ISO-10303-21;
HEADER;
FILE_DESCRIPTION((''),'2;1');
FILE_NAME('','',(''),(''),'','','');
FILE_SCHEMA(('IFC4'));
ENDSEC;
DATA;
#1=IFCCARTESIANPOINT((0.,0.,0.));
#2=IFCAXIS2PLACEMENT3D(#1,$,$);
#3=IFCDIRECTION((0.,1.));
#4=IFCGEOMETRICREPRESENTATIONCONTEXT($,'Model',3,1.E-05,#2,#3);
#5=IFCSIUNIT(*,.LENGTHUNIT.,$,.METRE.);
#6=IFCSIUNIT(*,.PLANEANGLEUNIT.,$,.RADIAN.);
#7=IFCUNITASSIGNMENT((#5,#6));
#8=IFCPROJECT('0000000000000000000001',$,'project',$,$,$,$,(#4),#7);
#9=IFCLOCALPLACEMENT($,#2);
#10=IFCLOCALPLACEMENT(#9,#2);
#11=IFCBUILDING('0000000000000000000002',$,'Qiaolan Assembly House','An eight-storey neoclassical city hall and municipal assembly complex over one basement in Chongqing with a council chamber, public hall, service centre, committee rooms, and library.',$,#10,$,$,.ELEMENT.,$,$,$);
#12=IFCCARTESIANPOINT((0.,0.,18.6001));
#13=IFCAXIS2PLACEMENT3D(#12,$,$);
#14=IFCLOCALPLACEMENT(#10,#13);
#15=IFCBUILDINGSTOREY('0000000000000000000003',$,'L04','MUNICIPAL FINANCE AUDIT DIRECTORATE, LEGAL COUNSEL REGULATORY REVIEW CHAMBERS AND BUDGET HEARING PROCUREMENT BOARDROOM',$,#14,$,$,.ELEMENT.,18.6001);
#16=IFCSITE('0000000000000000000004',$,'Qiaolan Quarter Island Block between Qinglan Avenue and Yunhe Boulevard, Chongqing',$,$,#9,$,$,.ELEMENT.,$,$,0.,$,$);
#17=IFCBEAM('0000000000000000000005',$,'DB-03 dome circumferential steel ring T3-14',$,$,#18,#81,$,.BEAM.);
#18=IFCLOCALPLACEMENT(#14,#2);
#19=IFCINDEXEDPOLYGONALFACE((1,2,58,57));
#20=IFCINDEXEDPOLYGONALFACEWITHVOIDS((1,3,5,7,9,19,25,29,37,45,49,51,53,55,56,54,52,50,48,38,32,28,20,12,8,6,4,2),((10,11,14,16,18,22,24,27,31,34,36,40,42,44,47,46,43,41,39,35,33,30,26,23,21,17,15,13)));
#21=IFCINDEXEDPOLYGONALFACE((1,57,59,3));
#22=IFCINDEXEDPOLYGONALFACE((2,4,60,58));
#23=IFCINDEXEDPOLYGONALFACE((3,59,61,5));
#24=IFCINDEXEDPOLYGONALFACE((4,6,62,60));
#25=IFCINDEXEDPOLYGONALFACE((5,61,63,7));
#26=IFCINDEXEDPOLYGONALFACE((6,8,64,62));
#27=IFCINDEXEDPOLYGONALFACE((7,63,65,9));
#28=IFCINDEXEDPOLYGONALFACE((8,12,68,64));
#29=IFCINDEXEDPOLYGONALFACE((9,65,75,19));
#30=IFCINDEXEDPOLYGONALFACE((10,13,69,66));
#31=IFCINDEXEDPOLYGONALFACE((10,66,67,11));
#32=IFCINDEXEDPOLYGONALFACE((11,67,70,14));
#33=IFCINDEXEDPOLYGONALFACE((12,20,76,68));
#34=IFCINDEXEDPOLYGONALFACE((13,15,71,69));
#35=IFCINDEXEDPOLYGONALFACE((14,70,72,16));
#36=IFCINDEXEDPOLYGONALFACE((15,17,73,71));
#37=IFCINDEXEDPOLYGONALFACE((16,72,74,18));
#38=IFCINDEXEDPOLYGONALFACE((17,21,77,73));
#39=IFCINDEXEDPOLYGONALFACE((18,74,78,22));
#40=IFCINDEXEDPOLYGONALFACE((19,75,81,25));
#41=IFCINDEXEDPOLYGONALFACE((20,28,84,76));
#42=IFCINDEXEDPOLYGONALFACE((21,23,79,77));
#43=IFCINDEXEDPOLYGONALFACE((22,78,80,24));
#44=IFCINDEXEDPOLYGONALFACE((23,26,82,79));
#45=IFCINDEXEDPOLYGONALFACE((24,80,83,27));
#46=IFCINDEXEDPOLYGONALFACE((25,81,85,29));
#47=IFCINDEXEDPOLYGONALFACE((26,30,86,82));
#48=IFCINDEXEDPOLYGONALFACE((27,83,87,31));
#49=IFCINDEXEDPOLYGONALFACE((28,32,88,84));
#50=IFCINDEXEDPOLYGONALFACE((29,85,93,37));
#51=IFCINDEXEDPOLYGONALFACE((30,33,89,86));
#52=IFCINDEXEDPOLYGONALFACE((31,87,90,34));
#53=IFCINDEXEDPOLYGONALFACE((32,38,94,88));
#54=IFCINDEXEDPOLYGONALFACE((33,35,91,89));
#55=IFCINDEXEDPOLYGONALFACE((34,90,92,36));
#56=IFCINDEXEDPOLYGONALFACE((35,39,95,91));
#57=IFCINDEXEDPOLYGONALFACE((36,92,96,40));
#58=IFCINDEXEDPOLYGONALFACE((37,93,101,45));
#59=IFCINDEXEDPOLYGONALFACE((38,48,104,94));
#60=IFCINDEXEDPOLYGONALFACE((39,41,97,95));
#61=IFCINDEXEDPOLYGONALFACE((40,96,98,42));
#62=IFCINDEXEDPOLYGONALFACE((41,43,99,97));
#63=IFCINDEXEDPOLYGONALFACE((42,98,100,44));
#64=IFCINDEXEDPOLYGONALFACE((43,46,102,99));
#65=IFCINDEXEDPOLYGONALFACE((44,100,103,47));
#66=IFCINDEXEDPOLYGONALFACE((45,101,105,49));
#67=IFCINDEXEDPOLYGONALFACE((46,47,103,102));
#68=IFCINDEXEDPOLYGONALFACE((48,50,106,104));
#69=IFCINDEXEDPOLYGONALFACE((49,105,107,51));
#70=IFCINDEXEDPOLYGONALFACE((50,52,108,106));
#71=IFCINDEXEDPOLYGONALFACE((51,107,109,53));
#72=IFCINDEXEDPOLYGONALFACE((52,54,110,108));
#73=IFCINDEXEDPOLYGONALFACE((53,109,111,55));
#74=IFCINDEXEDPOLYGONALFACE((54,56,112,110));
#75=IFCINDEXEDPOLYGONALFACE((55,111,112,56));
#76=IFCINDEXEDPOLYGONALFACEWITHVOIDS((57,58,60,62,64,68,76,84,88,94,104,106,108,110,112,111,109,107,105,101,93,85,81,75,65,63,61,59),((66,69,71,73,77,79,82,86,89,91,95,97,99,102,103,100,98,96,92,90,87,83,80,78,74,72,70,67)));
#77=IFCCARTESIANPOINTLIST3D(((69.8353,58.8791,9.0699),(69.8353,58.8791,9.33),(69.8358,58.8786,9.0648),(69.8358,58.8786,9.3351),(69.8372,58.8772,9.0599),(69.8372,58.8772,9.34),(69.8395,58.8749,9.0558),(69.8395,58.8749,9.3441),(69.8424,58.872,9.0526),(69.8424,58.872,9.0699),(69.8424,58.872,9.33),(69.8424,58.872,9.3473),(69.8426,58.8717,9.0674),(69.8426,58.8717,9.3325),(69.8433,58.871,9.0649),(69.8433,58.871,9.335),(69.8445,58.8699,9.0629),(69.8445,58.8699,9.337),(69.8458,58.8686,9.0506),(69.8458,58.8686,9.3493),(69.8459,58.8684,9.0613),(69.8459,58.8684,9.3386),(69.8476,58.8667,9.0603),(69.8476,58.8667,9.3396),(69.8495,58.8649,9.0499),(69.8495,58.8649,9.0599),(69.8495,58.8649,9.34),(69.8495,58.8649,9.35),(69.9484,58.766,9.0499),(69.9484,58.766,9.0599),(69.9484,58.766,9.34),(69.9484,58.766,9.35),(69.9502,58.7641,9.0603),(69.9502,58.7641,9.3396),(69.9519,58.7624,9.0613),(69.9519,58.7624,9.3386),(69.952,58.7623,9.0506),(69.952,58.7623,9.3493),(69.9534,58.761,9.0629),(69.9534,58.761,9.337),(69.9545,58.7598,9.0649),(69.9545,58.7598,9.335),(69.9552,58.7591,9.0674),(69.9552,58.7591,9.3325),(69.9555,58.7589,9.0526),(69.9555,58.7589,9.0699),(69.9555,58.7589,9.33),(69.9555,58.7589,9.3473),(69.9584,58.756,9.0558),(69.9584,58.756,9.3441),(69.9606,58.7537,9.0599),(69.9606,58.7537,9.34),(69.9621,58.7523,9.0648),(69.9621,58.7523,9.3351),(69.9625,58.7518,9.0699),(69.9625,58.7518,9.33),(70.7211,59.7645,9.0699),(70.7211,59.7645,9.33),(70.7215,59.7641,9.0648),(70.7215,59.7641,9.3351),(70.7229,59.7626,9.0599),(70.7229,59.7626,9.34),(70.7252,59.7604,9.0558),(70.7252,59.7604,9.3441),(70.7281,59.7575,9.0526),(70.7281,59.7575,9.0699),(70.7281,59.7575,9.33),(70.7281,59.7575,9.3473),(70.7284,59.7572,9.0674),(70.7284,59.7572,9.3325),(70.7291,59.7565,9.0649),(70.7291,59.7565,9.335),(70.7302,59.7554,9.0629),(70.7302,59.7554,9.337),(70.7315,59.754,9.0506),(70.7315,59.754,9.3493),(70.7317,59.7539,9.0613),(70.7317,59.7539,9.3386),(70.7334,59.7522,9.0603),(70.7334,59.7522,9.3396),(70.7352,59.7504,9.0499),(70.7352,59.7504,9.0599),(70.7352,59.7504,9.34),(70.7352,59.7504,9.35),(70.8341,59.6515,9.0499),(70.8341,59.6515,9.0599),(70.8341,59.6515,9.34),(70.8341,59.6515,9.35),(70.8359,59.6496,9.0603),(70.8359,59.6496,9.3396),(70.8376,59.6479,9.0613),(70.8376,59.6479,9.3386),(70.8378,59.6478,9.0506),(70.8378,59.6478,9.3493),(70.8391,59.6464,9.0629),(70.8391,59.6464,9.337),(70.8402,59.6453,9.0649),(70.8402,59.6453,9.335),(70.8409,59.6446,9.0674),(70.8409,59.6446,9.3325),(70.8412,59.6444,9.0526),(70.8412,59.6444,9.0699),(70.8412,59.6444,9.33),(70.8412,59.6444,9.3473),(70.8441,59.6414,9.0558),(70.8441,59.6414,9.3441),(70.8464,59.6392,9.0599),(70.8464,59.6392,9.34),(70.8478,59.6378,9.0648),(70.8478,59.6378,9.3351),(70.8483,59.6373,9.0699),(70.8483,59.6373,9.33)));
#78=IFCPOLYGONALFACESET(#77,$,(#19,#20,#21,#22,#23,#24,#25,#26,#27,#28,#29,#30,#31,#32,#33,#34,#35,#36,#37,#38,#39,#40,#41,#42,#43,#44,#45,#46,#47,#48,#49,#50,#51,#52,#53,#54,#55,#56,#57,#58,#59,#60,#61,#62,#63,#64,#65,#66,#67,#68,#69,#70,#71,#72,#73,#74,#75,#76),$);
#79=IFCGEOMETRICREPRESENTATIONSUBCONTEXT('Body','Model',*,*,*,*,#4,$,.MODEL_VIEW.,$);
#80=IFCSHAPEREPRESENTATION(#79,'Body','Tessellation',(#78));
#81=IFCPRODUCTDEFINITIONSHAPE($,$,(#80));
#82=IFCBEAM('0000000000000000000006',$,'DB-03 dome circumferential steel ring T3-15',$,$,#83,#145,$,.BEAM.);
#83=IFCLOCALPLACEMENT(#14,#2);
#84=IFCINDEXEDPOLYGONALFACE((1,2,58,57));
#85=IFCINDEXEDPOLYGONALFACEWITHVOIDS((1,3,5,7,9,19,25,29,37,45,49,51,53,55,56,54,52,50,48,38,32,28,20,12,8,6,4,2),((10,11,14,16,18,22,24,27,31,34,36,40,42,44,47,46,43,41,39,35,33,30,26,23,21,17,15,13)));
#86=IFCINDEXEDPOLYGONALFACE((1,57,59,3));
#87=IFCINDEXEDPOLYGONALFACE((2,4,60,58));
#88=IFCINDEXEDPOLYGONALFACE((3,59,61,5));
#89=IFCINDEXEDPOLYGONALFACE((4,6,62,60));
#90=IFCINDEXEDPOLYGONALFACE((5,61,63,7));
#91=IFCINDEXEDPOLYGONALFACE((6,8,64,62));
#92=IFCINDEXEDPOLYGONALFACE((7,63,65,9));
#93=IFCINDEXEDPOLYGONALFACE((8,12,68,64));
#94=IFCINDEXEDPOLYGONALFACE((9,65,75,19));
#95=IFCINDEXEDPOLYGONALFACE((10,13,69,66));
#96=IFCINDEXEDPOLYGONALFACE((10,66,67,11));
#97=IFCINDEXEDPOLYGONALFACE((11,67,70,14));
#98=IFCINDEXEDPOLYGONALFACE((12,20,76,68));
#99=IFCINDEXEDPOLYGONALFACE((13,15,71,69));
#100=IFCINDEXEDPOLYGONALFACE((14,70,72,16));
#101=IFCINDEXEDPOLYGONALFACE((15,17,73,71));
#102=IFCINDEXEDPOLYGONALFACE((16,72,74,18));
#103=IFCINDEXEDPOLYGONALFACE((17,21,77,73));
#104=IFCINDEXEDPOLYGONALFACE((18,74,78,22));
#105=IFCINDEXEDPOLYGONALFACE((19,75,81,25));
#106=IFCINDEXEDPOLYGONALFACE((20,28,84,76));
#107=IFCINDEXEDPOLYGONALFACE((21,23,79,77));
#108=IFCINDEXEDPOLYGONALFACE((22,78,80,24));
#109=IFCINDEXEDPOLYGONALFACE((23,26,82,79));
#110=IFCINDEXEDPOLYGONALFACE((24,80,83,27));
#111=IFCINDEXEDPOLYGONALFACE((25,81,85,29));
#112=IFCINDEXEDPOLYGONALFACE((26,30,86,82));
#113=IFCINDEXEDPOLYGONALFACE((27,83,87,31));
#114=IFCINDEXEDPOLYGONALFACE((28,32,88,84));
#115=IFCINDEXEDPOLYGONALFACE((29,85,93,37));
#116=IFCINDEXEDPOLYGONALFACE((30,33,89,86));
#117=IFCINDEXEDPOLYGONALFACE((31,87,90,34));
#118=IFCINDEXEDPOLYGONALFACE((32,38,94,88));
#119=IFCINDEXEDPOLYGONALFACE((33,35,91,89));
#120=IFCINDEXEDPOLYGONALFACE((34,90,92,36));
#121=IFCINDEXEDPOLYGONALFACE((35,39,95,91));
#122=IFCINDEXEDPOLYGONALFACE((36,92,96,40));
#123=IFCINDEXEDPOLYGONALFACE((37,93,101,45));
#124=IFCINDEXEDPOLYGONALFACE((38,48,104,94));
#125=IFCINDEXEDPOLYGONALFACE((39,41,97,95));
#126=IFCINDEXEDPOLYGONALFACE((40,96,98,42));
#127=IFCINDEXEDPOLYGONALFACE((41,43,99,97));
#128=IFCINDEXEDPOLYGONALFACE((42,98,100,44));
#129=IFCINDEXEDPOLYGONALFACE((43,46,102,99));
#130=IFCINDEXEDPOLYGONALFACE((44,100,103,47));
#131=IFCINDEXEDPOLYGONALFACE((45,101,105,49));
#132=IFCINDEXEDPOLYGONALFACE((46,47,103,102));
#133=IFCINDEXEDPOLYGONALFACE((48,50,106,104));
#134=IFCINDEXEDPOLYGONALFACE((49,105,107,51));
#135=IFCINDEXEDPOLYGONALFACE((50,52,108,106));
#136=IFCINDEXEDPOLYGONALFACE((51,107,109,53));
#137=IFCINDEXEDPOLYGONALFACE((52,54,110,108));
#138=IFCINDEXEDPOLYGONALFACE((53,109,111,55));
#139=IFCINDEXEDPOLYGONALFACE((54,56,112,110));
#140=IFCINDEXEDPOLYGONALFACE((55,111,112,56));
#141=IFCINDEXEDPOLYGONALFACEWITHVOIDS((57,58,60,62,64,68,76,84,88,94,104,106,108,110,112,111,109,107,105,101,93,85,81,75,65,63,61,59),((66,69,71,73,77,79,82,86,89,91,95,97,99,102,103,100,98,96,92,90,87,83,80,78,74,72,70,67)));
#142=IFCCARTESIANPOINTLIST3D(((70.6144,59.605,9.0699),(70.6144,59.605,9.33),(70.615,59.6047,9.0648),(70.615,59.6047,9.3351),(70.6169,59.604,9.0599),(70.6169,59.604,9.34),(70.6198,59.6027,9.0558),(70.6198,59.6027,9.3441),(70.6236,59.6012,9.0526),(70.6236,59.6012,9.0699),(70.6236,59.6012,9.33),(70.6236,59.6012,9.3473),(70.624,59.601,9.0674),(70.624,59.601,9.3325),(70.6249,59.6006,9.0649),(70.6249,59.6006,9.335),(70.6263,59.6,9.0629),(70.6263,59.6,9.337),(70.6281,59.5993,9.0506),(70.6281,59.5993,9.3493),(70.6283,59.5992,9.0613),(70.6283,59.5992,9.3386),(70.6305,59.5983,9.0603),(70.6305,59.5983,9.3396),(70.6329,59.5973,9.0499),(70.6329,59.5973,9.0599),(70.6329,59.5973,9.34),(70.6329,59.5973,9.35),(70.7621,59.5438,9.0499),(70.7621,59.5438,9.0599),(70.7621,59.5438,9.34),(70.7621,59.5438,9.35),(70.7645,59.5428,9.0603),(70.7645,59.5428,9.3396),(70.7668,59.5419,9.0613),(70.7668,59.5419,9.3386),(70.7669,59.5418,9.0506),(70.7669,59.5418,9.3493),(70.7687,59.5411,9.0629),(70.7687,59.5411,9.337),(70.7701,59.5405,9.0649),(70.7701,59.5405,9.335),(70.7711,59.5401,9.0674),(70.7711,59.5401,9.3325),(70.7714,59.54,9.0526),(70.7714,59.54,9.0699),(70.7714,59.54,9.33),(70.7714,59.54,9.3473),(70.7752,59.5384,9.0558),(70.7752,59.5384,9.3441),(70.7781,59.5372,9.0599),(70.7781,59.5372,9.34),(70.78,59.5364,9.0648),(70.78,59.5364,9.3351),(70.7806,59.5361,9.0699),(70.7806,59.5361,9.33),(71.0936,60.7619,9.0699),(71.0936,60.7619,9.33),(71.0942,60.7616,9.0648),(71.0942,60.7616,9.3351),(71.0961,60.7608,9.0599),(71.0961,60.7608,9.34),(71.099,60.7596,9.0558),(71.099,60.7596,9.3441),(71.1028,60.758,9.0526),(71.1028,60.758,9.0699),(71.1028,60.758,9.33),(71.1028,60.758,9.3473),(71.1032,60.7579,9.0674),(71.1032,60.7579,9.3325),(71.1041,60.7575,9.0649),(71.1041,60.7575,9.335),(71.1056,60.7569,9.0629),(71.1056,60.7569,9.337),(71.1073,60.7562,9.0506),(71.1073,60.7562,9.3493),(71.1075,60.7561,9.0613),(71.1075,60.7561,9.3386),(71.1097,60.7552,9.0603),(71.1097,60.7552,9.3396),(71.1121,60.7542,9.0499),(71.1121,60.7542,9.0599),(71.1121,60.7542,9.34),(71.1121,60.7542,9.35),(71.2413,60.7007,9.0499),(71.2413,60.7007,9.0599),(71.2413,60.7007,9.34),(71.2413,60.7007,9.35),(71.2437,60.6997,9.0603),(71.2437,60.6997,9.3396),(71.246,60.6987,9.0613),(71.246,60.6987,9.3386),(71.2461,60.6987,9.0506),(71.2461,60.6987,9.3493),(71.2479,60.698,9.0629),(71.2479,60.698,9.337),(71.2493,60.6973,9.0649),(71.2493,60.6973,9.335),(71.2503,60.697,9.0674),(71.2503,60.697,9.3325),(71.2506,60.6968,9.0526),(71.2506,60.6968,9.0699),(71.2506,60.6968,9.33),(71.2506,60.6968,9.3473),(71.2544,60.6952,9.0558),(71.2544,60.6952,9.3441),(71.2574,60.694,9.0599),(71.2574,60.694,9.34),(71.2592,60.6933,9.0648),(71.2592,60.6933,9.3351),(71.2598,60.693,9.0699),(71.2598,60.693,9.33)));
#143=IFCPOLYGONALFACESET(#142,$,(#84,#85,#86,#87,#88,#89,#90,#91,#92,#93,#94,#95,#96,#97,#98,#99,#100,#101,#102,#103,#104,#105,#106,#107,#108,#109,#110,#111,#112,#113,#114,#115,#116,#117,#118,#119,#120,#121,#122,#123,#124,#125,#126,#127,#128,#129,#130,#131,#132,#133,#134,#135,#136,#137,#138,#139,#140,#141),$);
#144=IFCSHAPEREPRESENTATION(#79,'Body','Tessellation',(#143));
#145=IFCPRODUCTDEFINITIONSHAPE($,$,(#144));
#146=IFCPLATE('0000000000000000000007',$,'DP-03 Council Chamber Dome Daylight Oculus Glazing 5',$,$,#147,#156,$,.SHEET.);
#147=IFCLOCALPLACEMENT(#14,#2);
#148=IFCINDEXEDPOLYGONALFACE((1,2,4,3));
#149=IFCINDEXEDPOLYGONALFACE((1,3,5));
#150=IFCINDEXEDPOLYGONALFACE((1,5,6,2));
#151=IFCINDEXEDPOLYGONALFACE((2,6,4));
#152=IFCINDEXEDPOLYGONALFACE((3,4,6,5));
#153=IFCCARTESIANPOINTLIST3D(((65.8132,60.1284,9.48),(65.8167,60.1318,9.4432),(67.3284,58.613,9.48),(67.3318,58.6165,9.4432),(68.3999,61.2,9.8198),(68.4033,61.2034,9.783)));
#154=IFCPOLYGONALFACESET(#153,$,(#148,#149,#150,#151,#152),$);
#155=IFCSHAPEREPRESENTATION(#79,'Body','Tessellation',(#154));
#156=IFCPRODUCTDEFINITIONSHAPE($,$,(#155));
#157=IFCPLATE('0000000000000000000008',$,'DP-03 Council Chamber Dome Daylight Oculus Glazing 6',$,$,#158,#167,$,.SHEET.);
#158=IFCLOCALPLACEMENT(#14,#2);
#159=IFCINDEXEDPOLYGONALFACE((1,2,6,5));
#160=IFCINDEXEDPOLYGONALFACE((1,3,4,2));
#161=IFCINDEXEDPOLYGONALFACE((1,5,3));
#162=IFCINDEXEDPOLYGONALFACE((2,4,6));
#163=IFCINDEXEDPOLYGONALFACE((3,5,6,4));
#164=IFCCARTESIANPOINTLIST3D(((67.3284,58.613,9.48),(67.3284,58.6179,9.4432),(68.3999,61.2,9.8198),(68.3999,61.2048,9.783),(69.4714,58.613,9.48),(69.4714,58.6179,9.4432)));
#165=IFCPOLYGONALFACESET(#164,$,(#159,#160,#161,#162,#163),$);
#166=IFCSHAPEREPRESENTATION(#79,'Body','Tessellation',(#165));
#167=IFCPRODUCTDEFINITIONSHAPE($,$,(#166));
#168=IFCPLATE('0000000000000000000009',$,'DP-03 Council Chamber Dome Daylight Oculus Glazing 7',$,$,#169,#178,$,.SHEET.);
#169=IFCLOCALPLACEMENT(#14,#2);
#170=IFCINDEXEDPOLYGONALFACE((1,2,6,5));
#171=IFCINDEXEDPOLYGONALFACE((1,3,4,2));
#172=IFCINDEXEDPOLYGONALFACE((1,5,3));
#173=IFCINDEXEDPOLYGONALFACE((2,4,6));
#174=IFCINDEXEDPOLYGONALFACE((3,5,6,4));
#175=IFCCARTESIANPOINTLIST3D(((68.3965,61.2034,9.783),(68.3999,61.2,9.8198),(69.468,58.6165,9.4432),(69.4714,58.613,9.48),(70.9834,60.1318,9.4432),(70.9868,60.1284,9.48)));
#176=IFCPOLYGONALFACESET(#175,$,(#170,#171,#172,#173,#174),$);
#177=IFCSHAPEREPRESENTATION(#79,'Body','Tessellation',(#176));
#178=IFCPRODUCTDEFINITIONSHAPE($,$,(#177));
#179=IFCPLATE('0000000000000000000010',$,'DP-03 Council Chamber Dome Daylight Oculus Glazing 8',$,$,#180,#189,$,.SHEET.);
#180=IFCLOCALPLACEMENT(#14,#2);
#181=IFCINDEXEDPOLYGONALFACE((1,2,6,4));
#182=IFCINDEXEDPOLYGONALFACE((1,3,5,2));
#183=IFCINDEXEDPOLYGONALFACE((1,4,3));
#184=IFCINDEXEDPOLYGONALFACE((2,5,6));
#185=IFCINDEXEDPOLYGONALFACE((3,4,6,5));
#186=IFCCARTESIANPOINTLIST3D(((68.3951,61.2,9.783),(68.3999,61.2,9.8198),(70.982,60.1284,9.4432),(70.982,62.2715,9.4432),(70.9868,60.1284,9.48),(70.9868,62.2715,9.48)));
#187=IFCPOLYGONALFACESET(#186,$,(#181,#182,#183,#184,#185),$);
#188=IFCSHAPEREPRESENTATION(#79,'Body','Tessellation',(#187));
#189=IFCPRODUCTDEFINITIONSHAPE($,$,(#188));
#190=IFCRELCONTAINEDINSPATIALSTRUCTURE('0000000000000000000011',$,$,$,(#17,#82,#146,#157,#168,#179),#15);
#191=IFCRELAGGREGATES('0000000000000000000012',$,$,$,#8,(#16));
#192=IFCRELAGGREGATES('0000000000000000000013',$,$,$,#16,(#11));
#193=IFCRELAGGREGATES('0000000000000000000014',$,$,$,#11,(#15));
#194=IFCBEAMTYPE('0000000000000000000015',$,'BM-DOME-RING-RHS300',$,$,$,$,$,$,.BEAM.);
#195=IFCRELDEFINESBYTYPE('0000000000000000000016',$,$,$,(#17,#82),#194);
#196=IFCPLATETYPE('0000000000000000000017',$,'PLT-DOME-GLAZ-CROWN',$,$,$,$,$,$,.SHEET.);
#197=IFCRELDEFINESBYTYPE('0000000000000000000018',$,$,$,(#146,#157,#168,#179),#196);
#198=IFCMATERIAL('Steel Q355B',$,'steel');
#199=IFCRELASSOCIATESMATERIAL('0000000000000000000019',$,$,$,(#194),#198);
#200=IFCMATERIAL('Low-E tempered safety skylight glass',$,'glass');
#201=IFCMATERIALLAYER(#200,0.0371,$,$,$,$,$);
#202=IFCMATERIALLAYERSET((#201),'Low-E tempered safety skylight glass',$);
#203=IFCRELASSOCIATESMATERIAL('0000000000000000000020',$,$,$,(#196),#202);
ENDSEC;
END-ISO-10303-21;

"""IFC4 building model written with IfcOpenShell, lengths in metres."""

from ifc_helpers import new_model, si_unit, direction, frame, origin, origin_2d, place, context, subcontext, project, spatial, polyline, hollow_rectangle, outline, extrude, material, layer, layer_set, material_profile, profile_set, type_object, element, save


model = new_model("IFC4")

# Units and contexts
model_context = context("Model", 3, precision=1e-05, world=origin(), true_north=direction((0.0, 1.0)))
body_context = subcontext(model_context, "Body", "Model", "MODEL_VIEW")
ifc_project = project(units=[si_unit("LENGTHUNIT", "METRE"), si_unit("PLANEANGLEUNIT", "RADIAN")], contexts=[model_context])

# Site, building, storey
site_placement = place(None, origin())
site = spatial("IfcSite", under=ifc_project, at=site_placement, Name="Qiaolan Quarter Island Block between Qinglan Avenue and Yunhe Boulevard, Chongqing", CompositionType="ELEMENT", RefElevation=0.0)
building_placement = place(site_placement, origin())
building = spatial("IfcBuilding", under=site, at=building_placement, Name="Qiaolan Assembly House", Description="An eight-storey neoclassical city hall and municipal assembly complex over one basement in Chongqing with a council chamber, public hall, service centre, committee rooms, and library.", CompositionType="ELEMENT")
storey_placement = place(building_placement, frame((0.0, 0.0, 18.6001)))
storey = spatial("IfcBuildingStorey", under=building, at=storey_placement, Name="L04", Description="MUNICIPAL FINANCE AUDIT DIRECTORATE, LEGAL COUNSEL REGULATORY REVIEW CHAMBERS AND BUDGET HEARING PROCUREMENT BOARDROOM", CompositionType="ELEMENT", Elevation=18.6001)

# Beams
ifc_material_1 = material(Name="Steel Q355B", Category="steel")
ifc_material_profile = material_profile(ifc_material_1, hollow_rectangle(XDim=0.1799, YDim=0.3, WallThickness=0.01, InnerFilletRadius=0.01, OuterFilletRadius=0.02, at=origin_2d()), Name="RHS 300x180x10")
ifc_profile_set = profile_set([ifc_material_profile], Name="Steel Q355B")
beam_type = type_object("IfcBeamType", Name="BM-DOME-RING-RHS300", PredefinedType="BEAM", material=ifc_profile_set)
beam_1_placement = place(storey_placement, frame((69.8989, 58.8154, 9.2), z_axis=(0.707204, 0.707009, 0.0), x_axis=(-0.707009, 0.707204, 0.0)))
element("IfcBeam", 1, at=beam_1_placement, inside=storey, type_object=beam_type, Name="DB-03 dome circumferential steel ring T3-14", PredefinedType="BEAM", context=body_context, shape_type="SweptSolid", body=[
    extrude(hollow_rectangle(XDim=0.1799, YDim=0.3, WallThickness=0.01, InnerFilletRadius=0.01, OuterFilletRadius=0.02, at=origin_2d()), origin(), (0.0, 0.0, 1.0), 1.2524),
])
beam_2_placement = place(storey_placement, frame((70.6975, 59.5706, 9.2), z_axis=(0.38269, 0.923877, 0.0), x_axis=(-0.923877, 0.38269, 0.0)))
element("IfcBeam", 2, at=beam_2_placement, inside=storey, type_object=beam_type, Name="DB-03 dome circumferential steel ring T3-15", PredefinedType="BEAM", context=body_context, shape_type="SweptSolid", body=[
    extrude(hollow_rectangle(XDim=0.1799, YDim=0.3, WallThickness=0.01, InnerFilletRadius=0.01, OuterFilletRadius=0.02, at=origin_2d()), origin(), (0.0, 0.0, 1.0), 1.2522),
])

# Plates
ifc_material_2 = material(Name="Low-E tempered safety skylight glass", Category="glass")
ifc_layer_1 = layer(ifc_material_2, 0.0371)
ifc_layer_set_1 = layer_set([ifc_layer_1], Name="Low-E tempered safety skylight glass")
plate_type_1 = type_object("IfcPlateType", Name="PLT-DOME-GLAZ-CROWN", PredefinedType="SHEET", material=ifc_layer_set_1)
plate_1_placement = place(storey_placement, frame((65.8132, 60.1284, 9.48), z_axis=(-0.092112, -0.092097, 0.99148), x_axis=(0.70705, -0.707164, 0.0)))
element("IfcPlate", 3, at=plate_1_placement, inside=storey, type_object=plate_type_1, Name="DP-03 Council Chamber Dome Daylight Oculus Glazing 5", PredefinedType="SHEET", context=body_context, shape_type="SweptSolid", body=[
    extrude(outline(polyline([(0.0, 0.0), (2.1429, 0.0), (1.0712, 2.6091), (0.0, 0.0)])), origin(), (0.0, 0.0, -1.0), 0.0371),
])
plate_2_placement = place(storey_placement, frame((67.3284, 58.613, 9.48), z_axis=(0.0, -0.130251, 0.991481), x_axis=(1.0, 0.0, 0.0)))
element("IfcPlate", 4, at=plate_2_placement, inside=storey, type_object=plate_type_1, Name="DP-03 Council Chamber Dome Daylight Oculus Glazing 6", PredefinedType="SHEET", context=body_context, shape_type="SweptSolid", body=[
    extrude(outline(polyline([(0.0, 0.0), (2.1431, 0.0), (1.0715, 2.6091), (0.0, 0.0)])), origin(), (0.0, 0.0, -1.0), 0.0371),
])
plate_3_placement = place(storey_placement, frame((69.4714, 58.613, 9.48), z_axis=(0.092102, -0.092102, 0.991481), x_axis=(0.707107, 0.707107, 0.0)))
element("IfcPlate", 5, at=plate_3_placement, inside=storey, type_object=plate_type_1, Name="DP-03 Council Chamber Dome Daylight Oculus Glazing 7", PredefinedType="SHEET", context=body_context, shape_type="SweptSolid", body=[
    extrude(outline(polyline([(0.0, 0.0), (2.1431, 0.0), (1.0715, 2.6091), (0.0, 0.0)])), origin(), (0.0, 0.0, -1.0), 0.0371),
])
plate_4_placement = place(storey_placement, frame((70.9868, 60.1284, 9.48), z_axis=(0.130251, 0.0, 0.991481), x_axis=(0.0, 1.0, 0.0)))
element("IfcPlate", 6, at=plate_4_placement, inside=storey, type_object=plate_type_1, Name="DP-03 Council Chamber Dome Daylight Oculus Glazing 8", PredefinedType="SHEET", context=body_context, shape_type="SweptSolid", body=[
    extrude(outline(polyline([(0.0, 0.0), (2.1431, 0.0), (1.0715, 2.6091), (0.0, 0.0)])), origin(), (0.0, 0.0, -1.0), 0.0371),
])

save(model, "model.ifc")
